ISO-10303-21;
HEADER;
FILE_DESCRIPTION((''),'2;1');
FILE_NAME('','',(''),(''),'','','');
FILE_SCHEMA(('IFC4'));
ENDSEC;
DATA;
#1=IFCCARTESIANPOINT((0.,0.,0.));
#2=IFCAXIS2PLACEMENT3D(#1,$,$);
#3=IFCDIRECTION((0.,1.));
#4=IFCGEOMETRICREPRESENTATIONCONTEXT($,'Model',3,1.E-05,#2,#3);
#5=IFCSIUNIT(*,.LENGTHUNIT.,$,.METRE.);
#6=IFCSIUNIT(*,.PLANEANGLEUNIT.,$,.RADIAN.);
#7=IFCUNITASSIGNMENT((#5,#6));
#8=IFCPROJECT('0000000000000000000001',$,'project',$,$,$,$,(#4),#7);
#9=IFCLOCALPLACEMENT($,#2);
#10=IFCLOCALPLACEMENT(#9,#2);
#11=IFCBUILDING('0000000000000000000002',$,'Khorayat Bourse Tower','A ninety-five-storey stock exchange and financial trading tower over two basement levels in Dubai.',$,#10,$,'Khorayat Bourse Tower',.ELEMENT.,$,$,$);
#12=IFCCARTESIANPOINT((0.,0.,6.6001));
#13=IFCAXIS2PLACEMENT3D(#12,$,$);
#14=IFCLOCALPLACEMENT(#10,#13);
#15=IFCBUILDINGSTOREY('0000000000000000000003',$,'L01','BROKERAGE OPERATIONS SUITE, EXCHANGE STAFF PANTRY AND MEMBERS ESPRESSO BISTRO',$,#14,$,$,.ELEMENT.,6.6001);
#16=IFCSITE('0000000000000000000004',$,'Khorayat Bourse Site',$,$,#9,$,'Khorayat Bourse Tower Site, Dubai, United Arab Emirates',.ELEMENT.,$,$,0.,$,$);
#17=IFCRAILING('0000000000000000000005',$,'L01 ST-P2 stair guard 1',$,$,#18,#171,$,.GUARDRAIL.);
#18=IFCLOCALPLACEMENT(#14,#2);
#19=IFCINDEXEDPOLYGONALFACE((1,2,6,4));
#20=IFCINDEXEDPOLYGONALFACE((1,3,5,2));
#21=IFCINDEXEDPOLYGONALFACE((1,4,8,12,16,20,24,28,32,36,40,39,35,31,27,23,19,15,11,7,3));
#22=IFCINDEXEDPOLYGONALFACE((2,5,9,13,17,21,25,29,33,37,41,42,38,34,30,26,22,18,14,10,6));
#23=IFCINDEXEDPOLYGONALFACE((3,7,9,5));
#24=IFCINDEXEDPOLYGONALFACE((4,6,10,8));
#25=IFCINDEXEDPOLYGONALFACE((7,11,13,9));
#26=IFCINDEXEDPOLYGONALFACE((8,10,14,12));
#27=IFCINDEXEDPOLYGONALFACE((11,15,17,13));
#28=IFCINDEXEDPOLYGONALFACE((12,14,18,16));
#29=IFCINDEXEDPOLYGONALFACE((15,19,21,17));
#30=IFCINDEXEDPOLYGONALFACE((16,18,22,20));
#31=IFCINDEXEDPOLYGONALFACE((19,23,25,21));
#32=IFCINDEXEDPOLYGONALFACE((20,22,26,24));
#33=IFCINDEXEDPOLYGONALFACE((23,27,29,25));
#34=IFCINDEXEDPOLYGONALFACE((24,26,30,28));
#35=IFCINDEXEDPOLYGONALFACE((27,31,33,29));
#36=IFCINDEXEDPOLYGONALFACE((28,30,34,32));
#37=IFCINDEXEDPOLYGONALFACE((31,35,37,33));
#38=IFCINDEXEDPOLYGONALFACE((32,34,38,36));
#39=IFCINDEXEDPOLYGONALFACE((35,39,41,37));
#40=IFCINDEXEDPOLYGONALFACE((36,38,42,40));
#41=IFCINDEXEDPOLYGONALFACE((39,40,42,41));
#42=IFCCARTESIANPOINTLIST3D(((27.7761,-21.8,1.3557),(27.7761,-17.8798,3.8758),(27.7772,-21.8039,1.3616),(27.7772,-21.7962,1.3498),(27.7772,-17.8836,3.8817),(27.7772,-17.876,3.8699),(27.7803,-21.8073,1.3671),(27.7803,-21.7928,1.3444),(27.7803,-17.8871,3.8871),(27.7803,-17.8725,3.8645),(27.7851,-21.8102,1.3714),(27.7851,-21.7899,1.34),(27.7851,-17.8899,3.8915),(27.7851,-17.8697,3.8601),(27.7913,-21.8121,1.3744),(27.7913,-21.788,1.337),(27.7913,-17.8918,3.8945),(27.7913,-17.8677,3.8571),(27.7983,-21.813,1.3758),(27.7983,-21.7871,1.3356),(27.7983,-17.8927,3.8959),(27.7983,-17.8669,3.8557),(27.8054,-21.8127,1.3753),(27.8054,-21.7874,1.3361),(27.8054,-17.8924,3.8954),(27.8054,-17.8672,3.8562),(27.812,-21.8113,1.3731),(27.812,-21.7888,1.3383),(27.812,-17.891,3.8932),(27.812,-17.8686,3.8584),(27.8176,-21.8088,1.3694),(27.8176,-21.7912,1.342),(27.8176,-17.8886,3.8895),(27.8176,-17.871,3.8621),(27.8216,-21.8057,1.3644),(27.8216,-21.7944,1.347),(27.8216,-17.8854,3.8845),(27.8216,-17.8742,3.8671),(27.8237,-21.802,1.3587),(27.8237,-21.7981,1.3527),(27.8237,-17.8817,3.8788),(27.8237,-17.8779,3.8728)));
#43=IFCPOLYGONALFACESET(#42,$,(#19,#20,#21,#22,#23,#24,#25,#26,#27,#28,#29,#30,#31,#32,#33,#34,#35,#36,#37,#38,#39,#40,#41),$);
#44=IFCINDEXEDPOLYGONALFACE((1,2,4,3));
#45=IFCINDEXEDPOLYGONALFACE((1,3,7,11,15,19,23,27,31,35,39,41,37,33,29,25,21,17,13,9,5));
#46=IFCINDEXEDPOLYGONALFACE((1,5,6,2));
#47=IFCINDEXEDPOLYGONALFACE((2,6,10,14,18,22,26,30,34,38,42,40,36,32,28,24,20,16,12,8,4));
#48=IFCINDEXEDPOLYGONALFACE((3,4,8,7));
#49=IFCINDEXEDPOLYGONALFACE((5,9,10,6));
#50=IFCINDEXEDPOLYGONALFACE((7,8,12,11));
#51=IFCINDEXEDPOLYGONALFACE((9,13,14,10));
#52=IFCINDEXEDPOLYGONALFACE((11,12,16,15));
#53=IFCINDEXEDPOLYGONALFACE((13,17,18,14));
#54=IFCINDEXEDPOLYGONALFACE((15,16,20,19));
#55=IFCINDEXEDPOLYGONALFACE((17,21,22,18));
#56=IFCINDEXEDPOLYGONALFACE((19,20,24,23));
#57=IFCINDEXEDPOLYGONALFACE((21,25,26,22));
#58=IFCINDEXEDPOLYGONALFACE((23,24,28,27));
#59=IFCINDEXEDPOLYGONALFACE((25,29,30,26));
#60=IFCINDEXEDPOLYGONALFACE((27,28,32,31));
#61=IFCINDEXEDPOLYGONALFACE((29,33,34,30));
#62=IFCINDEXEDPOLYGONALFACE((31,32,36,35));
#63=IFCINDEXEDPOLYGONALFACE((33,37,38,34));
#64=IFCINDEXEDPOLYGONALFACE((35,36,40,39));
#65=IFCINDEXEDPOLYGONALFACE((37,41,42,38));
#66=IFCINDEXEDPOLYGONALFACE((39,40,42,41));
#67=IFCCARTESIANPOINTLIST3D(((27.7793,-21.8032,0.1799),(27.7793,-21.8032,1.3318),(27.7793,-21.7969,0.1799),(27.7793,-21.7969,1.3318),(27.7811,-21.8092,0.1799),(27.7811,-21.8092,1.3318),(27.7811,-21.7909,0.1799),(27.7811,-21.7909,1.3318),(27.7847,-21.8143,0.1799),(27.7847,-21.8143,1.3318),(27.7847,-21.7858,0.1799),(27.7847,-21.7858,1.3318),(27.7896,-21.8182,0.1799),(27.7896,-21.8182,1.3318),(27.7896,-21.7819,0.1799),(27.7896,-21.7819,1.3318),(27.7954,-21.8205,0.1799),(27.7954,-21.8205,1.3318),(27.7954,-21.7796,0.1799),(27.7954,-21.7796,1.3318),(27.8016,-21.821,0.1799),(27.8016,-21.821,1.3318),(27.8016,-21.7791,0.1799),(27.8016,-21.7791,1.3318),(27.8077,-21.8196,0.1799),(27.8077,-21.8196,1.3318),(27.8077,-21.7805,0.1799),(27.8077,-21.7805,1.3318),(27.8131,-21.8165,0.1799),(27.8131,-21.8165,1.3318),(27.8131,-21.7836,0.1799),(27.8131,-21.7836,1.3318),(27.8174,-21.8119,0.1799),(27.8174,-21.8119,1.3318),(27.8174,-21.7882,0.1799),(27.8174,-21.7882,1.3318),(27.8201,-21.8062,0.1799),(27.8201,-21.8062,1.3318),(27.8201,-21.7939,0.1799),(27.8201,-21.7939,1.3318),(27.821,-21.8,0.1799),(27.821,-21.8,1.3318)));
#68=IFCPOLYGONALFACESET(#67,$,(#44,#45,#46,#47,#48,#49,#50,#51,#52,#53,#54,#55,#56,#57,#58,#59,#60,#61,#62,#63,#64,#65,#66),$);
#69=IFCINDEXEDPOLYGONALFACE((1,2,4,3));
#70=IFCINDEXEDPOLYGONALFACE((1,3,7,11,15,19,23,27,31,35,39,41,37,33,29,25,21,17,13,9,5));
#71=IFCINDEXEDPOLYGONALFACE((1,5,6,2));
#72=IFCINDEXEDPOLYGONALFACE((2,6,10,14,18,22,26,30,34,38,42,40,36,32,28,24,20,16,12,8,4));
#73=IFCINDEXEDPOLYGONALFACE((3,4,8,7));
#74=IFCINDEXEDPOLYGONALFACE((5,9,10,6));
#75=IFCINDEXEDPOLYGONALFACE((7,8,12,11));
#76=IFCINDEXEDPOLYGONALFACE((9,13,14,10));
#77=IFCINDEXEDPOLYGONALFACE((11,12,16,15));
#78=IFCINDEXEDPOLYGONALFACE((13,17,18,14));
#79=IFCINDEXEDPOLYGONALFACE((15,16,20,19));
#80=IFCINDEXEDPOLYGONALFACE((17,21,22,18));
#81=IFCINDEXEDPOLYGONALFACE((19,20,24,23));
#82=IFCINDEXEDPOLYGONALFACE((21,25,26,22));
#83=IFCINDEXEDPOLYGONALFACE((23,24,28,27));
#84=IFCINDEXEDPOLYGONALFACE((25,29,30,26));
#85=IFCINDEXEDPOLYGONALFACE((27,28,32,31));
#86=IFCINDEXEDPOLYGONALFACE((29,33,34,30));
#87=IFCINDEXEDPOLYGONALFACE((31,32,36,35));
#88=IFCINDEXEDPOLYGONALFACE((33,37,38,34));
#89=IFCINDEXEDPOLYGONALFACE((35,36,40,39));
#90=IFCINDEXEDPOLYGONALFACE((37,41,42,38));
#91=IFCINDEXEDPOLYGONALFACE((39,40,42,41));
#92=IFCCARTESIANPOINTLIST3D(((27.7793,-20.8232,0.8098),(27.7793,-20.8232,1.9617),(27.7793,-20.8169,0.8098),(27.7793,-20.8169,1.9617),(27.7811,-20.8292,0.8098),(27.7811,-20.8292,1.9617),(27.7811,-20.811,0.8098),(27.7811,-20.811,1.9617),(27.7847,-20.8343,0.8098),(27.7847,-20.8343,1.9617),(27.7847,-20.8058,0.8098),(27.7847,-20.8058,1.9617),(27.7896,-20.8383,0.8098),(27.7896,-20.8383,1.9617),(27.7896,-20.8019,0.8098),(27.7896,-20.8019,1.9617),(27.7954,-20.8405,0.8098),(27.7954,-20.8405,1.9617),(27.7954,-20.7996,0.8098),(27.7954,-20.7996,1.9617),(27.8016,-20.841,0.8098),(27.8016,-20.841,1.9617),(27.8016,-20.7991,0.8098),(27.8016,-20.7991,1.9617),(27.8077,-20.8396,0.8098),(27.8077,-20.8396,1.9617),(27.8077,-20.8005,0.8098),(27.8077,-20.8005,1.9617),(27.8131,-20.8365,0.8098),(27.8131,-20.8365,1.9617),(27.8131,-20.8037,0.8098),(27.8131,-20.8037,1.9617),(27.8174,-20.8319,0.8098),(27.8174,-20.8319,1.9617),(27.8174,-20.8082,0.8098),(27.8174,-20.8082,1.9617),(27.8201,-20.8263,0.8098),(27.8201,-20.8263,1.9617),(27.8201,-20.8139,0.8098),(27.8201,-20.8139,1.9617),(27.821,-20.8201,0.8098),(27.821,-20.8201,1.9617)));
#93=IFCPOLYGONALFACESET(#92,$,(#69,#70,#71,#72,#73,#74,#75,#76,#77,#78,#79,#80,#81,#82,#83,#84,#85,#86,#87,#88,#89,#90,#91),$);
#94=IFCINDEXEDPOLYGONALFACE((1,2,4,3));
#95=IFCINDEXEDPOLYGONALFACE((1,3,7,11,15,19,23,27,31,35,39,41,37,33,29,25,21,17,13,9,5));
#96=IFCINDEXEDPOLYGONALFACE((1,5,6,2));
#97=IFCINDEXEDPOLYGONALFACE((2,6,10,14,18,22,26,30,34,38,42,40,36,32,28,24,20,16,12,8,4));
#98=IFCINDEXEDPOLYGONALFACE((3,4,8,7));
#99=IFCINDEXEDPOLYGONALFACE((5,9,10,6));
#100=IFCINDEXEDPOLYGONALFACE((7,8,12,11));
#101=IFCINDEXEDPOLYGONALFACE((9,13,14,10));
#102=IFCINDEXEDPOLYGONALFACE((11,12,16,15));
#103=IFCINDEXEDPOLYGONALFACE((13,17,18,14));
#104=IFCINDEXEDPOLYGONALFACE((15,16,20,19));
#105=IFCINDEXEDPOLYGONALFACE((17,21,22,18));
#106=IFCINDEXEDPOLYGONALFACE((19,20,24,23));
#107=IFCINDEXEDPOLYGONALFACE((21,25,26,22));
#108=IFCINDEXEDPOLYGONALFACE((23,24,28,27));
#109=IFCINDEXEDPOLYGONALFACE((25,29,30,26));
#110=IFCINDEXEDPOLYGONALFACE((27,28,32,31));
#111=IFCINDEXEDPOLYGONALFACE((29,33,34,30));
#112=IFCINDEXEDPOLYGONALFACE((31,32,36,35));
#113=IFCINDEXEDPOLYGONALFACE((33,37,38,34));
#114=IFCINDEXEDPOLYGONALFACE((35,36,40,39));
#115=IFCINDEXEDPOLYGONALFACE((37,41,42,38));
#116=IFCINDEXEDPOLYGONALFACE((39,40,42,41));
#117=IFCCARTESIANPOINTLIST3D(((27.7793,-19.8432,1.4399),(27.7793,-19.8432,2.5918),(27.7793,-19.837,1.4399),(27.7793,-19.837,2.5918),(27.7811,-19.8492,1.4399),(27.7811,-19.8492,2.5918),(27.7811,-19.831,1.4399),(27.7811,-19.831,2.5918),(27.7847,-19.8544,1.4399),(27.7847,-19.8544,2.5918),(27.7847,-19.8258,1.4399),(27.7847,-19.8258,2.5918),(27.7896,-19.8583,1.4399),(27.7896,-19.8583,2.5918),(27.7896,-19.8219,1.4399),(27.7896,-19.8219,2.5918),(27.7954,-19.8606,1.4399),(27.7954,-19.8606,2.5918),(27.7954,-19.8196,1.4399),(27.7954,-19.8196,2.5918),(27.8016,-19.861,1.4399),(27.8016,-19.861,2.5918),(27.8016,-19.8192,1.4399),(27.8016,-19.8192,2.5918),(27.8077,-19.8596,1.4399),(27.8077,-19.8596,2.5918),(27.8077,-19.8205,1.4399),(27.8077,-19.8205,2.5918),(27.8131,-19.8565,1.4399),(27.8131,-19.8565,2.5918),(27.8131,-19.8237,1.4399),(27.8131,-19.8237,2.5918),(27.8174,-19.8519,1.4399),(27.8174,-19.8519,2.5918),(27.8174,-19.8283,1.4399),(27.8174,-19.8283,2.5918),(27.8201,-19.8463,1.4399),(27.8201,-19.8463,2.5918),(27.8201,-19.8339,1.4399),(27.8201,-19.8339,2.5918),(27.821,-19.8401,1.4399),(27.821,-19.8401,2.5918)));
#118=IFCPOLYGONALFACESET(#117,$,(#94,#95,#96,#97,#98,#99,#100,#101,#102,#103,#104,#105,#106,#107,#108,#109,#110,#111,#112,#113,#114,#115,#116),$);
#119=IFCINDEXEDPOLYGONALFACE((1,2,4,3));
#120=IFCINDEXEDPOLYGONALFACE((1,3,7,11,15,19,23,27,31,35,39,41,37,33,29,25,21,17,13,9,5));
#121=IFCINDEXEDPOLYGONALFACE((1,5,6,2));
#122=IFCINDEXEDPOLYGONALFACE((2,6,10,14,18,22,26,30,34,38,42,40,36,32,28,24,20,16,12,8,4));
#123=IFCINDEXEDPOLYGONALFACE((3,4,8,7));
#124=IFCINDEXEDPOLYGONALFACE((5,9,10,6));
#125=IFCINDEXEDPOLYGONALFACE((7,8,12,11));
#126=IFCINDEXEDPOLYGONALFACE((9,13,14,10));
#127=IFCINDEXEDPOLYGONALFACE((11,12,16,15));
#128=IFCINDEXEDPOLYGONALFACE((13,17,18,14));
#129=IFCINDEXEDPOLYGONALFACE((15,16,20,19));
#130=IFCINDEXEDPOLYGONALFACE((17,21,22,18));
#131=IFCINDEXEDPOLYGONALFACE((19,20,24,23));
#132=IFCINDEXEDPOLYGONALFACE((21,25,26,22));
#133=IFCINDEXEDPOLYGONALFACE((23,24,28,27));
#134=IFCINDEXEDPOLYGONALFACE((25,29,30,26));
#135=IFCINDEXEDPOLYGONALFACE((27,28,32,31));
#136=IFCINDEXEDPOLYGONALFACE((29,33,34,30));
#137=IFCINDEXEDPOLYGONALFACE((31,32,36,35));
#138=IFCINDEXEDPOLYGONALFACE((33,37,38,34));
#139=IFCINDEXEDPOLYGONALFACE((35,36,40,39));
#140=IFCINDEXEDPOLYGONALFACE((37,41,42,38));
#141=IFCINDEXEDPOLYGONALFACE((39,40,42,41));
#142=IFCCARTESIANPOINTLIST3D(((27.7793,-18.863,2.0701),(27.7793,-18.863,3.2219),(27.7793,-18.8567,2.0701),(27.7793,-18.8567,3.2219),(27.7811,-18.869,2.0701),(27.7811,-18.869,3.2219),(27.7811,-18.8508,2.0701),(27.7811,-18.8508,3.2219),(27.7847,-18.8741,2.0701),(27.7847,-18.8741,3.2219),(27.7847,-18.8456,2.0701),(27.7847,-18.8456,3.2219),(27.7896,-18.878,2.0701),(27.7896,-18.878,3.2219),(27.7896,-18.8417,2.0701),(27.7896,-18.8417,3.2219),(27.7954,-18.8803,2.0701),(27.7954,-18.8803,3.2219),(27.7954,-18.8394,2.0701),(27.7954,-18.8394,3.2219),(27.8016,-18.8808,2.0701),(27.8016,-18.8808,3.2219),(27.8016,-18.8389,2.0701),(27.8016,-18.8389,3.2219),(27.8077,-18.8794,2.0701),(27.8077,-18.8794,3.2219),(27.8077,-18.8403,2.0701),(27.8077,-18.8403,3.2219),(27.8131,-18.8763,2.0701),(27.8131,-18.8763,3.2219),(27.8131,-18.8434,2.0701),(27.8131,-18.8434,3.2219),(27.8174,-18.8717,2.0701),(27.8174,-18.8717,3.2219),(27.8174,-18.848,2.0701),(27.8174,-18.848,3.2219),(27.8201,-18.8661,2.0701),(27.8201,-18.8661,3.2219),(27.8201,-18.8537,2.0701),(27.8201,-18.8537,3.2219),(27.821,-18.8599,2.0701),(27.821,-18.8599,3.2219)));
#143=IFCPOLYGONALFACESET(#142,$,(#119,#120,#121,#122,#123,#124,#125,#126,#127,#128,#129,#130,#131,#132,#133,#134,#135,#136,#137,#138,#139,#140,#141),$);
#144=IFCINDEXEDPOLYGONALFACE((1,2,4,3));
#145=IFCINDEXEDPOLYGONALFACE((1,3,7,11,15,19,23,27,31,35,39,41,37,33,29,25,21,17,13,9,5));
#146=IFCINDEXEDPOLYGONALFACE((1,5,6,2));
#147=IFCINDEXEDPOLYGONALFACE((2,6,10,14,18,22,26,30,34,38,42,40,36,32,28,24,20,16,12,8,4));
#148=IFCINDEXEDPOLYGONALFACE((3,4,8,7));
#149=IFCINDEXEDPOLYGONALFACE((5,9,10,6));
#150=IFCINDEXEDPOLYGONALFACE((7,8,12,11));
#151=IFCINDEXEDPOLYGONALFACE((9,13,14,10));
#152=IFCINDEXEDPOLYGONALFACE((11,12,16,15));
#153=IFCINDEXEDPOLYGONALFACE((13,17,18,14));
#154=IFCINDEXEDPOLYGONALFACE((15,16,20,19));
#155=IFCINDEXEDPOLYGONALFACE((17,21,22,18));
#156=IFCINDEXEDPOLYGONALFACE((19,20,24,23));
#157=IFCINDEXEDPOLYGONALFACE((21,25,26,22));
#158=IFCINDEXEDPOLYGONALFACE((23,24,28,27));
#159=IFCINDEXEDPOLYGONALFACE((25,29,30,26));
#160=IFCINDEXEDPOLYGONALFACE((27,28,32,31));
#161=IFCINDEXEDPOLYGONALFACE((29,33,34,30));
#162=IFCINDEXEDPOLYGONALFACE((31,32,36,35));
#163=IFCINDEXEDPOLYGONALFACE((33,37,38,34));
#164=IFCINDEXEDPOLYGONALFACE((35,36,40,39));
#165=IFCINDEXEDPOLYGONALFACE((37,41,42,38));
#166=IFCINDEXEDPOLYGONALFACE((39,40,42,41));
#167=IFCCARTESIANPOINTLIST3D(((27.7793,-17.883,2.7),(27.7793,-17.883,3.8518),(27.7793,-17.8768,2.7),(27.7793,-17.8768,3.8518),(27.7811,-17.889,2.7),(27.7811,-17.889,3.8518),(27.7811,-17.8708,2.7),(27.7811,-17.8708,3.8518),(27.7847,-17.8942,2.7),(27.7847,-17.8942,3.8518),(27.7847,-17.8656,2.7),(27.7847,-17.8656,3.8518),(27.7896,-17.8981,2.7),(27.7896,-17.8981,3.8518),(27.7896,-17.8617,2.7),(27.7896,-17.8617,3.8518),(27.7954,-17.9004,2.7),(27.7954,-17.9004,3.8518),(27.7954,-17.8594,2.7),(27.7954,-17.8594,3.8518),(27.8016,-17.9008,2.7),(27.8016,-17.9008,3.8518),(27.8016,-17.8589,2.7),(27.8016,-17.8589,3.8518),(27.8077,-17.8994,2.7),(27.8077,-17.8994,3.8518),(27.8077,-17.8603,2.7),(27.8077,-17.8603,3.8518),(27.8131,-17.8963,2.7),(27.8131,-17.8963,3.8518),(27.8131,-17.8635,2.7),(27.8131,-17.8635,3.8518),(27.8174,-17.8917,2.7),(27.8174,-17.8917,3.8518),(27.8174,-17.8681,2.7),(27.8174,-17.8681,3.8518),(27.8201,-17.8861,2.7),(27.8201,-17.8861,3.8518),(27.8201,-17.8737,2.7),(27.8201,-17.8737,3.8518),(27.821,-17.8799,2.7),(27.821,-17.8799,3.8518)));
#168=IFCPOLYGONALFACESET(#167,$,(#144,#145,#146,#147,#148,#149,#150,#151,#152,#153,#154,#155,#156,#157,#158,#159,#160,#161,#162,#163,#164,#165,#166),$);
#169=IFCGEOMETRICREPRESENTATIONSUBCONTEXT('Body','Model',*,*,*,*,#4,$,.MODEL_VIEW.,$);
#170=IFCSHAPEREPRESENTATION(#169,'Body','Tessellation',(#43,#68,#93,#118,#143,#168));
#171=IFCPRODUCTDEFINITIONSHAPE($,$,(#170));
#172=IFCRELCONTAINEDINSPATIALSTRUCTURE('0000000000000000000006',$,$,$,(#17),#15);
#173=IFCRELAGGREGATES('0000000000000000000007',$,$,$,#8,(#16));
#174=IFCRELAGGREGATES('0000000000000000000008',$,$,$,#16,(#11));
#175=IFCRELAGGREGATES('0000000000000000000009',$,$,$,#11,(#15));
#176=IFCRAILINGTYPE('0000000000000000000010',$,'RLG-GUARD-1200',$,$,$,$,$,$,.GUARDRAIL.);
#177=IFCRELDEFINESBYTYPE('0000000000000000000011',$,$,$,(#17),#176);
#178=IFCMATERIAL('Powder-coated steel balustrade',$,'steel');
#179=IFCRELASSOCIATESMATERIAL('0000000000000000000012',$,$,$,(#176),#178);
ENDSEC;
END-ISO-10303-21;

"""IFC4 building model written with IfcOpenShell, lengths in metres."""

from ifc_helpers import new_model, si_unit, direction, frame, origin, origin_2d, place, context, subcontext, project, spatial, circle, extrude, source, transform, mapped, material, type_object, element, save


model = new_model("IFC4")

# Units and contexts
model_context = context("Model", 3, precision=1e-05, world=origin(), true_north=direction((0.0, 1.0)))
body_context = subcontext(model_context, "Body", "Model", "MODEL_VIEW")
ifc_project = project(units=[si_unit("LENGTHUNIT", "METRE"), si_unit("PLANEANGLEUNIT", "RADIAN")], contexts=[model_context])

# Site, building, storey
site_placement = place(None, origin())
site = spatial("IfcSite", under=ifc_project, at=site_placement, Name="Khorayat Bourse Site", LongName="Khorayat Bourse Tower Site, Dubai, United Arab Emirates", CompositionType="ELEMENT", RefElevation=0.0)
building_placement = place(site_placement, origin())
building = spatial("IfcBuilding", under=site, at=building_placement, Name="Khorayat Bourse Tower", Description="A ninety-five-storey stock exchange and financial trading tower over two basement levels in Dubai.", LongName="Khorayat Bourse Tower", CompositionType="ELEMENT")
storey_placement = place(building_placement, frame((0.0, 0.0, 6.6001)))
storey = spatial("IfcBuildingStorey", under=building, at=storey_placement, Name="L01", Description="BROKERAGE OPERATIONS SUITE, EXCHANGE STAFF PANTRY AND MEMBERS ESPRESSO BISTRO", CompositionType="ELEMENT", Elevation=6.6001)

# Railing
ifc_material_1 = material(Name="Powder-coated steel balustrade", Category="steel")
railing_type = type_object("IfcRailingType", Name="RLG-GUARD-1200", PredefinedType="GUARDRAIL", material=ifc_material_1)
shared_shape_1 = source(origin(), body_context, "Body", "SweptSolid", [
    extrude(circle(Radius=0.0239, at=origin_2d()), frame((0.0, 0.0, 1.1758), z_axis=(0.0, 0.841187, 0.540744), x_axis=(-1.0, 0.0, 0.0)), (0.0, 0.0, 1.0), 4.6604),
    extrude(circle(Radius=0.021, at=origin_2d()), origin(), (0.0, 0.0, 1.0), 1.1519),
    extrude(circle(Radius=0.021, at=origin_2d()), frame((0.0, 0.98, 0.6299)), (0.0, 0.0, 1.0), 1.1519),
    extrude(circle(Radius=0.021, at=origin_2d()), frame((0.0, 1.96, 1.26)), (0.0, 0.0, 1.0), 1.1519),
    extrude(circle(Radius=0.021, at=origin_2d()), frame((0.0, 2.9402, 1.8901)), (0.0, 0.0, 1.0), 1.1519),
    extrude(circle(Radius=0.021, at=origin_2d()), frame((0.0, 3.9202, 2.52)), (0.0, 0.0, 1.0), 1.1519),
])
railing_1_placement = place(storey_placement, frame((27.8, -21.8, 0.1799)))
element("IfcRailing", 1, at=railing_1_placement, inside=storey, type_object=railing_type, Name="L01 ST-P2 stair guard 1", PredefinedType="GUARDRAIL", context=body_context, shape_type="MappedRepresentation", body=[
    mapped(shared_shape_1, transform((0.0, 0.0, 0.0), scale=1.0)),
])

save(model, "model.ifc")
